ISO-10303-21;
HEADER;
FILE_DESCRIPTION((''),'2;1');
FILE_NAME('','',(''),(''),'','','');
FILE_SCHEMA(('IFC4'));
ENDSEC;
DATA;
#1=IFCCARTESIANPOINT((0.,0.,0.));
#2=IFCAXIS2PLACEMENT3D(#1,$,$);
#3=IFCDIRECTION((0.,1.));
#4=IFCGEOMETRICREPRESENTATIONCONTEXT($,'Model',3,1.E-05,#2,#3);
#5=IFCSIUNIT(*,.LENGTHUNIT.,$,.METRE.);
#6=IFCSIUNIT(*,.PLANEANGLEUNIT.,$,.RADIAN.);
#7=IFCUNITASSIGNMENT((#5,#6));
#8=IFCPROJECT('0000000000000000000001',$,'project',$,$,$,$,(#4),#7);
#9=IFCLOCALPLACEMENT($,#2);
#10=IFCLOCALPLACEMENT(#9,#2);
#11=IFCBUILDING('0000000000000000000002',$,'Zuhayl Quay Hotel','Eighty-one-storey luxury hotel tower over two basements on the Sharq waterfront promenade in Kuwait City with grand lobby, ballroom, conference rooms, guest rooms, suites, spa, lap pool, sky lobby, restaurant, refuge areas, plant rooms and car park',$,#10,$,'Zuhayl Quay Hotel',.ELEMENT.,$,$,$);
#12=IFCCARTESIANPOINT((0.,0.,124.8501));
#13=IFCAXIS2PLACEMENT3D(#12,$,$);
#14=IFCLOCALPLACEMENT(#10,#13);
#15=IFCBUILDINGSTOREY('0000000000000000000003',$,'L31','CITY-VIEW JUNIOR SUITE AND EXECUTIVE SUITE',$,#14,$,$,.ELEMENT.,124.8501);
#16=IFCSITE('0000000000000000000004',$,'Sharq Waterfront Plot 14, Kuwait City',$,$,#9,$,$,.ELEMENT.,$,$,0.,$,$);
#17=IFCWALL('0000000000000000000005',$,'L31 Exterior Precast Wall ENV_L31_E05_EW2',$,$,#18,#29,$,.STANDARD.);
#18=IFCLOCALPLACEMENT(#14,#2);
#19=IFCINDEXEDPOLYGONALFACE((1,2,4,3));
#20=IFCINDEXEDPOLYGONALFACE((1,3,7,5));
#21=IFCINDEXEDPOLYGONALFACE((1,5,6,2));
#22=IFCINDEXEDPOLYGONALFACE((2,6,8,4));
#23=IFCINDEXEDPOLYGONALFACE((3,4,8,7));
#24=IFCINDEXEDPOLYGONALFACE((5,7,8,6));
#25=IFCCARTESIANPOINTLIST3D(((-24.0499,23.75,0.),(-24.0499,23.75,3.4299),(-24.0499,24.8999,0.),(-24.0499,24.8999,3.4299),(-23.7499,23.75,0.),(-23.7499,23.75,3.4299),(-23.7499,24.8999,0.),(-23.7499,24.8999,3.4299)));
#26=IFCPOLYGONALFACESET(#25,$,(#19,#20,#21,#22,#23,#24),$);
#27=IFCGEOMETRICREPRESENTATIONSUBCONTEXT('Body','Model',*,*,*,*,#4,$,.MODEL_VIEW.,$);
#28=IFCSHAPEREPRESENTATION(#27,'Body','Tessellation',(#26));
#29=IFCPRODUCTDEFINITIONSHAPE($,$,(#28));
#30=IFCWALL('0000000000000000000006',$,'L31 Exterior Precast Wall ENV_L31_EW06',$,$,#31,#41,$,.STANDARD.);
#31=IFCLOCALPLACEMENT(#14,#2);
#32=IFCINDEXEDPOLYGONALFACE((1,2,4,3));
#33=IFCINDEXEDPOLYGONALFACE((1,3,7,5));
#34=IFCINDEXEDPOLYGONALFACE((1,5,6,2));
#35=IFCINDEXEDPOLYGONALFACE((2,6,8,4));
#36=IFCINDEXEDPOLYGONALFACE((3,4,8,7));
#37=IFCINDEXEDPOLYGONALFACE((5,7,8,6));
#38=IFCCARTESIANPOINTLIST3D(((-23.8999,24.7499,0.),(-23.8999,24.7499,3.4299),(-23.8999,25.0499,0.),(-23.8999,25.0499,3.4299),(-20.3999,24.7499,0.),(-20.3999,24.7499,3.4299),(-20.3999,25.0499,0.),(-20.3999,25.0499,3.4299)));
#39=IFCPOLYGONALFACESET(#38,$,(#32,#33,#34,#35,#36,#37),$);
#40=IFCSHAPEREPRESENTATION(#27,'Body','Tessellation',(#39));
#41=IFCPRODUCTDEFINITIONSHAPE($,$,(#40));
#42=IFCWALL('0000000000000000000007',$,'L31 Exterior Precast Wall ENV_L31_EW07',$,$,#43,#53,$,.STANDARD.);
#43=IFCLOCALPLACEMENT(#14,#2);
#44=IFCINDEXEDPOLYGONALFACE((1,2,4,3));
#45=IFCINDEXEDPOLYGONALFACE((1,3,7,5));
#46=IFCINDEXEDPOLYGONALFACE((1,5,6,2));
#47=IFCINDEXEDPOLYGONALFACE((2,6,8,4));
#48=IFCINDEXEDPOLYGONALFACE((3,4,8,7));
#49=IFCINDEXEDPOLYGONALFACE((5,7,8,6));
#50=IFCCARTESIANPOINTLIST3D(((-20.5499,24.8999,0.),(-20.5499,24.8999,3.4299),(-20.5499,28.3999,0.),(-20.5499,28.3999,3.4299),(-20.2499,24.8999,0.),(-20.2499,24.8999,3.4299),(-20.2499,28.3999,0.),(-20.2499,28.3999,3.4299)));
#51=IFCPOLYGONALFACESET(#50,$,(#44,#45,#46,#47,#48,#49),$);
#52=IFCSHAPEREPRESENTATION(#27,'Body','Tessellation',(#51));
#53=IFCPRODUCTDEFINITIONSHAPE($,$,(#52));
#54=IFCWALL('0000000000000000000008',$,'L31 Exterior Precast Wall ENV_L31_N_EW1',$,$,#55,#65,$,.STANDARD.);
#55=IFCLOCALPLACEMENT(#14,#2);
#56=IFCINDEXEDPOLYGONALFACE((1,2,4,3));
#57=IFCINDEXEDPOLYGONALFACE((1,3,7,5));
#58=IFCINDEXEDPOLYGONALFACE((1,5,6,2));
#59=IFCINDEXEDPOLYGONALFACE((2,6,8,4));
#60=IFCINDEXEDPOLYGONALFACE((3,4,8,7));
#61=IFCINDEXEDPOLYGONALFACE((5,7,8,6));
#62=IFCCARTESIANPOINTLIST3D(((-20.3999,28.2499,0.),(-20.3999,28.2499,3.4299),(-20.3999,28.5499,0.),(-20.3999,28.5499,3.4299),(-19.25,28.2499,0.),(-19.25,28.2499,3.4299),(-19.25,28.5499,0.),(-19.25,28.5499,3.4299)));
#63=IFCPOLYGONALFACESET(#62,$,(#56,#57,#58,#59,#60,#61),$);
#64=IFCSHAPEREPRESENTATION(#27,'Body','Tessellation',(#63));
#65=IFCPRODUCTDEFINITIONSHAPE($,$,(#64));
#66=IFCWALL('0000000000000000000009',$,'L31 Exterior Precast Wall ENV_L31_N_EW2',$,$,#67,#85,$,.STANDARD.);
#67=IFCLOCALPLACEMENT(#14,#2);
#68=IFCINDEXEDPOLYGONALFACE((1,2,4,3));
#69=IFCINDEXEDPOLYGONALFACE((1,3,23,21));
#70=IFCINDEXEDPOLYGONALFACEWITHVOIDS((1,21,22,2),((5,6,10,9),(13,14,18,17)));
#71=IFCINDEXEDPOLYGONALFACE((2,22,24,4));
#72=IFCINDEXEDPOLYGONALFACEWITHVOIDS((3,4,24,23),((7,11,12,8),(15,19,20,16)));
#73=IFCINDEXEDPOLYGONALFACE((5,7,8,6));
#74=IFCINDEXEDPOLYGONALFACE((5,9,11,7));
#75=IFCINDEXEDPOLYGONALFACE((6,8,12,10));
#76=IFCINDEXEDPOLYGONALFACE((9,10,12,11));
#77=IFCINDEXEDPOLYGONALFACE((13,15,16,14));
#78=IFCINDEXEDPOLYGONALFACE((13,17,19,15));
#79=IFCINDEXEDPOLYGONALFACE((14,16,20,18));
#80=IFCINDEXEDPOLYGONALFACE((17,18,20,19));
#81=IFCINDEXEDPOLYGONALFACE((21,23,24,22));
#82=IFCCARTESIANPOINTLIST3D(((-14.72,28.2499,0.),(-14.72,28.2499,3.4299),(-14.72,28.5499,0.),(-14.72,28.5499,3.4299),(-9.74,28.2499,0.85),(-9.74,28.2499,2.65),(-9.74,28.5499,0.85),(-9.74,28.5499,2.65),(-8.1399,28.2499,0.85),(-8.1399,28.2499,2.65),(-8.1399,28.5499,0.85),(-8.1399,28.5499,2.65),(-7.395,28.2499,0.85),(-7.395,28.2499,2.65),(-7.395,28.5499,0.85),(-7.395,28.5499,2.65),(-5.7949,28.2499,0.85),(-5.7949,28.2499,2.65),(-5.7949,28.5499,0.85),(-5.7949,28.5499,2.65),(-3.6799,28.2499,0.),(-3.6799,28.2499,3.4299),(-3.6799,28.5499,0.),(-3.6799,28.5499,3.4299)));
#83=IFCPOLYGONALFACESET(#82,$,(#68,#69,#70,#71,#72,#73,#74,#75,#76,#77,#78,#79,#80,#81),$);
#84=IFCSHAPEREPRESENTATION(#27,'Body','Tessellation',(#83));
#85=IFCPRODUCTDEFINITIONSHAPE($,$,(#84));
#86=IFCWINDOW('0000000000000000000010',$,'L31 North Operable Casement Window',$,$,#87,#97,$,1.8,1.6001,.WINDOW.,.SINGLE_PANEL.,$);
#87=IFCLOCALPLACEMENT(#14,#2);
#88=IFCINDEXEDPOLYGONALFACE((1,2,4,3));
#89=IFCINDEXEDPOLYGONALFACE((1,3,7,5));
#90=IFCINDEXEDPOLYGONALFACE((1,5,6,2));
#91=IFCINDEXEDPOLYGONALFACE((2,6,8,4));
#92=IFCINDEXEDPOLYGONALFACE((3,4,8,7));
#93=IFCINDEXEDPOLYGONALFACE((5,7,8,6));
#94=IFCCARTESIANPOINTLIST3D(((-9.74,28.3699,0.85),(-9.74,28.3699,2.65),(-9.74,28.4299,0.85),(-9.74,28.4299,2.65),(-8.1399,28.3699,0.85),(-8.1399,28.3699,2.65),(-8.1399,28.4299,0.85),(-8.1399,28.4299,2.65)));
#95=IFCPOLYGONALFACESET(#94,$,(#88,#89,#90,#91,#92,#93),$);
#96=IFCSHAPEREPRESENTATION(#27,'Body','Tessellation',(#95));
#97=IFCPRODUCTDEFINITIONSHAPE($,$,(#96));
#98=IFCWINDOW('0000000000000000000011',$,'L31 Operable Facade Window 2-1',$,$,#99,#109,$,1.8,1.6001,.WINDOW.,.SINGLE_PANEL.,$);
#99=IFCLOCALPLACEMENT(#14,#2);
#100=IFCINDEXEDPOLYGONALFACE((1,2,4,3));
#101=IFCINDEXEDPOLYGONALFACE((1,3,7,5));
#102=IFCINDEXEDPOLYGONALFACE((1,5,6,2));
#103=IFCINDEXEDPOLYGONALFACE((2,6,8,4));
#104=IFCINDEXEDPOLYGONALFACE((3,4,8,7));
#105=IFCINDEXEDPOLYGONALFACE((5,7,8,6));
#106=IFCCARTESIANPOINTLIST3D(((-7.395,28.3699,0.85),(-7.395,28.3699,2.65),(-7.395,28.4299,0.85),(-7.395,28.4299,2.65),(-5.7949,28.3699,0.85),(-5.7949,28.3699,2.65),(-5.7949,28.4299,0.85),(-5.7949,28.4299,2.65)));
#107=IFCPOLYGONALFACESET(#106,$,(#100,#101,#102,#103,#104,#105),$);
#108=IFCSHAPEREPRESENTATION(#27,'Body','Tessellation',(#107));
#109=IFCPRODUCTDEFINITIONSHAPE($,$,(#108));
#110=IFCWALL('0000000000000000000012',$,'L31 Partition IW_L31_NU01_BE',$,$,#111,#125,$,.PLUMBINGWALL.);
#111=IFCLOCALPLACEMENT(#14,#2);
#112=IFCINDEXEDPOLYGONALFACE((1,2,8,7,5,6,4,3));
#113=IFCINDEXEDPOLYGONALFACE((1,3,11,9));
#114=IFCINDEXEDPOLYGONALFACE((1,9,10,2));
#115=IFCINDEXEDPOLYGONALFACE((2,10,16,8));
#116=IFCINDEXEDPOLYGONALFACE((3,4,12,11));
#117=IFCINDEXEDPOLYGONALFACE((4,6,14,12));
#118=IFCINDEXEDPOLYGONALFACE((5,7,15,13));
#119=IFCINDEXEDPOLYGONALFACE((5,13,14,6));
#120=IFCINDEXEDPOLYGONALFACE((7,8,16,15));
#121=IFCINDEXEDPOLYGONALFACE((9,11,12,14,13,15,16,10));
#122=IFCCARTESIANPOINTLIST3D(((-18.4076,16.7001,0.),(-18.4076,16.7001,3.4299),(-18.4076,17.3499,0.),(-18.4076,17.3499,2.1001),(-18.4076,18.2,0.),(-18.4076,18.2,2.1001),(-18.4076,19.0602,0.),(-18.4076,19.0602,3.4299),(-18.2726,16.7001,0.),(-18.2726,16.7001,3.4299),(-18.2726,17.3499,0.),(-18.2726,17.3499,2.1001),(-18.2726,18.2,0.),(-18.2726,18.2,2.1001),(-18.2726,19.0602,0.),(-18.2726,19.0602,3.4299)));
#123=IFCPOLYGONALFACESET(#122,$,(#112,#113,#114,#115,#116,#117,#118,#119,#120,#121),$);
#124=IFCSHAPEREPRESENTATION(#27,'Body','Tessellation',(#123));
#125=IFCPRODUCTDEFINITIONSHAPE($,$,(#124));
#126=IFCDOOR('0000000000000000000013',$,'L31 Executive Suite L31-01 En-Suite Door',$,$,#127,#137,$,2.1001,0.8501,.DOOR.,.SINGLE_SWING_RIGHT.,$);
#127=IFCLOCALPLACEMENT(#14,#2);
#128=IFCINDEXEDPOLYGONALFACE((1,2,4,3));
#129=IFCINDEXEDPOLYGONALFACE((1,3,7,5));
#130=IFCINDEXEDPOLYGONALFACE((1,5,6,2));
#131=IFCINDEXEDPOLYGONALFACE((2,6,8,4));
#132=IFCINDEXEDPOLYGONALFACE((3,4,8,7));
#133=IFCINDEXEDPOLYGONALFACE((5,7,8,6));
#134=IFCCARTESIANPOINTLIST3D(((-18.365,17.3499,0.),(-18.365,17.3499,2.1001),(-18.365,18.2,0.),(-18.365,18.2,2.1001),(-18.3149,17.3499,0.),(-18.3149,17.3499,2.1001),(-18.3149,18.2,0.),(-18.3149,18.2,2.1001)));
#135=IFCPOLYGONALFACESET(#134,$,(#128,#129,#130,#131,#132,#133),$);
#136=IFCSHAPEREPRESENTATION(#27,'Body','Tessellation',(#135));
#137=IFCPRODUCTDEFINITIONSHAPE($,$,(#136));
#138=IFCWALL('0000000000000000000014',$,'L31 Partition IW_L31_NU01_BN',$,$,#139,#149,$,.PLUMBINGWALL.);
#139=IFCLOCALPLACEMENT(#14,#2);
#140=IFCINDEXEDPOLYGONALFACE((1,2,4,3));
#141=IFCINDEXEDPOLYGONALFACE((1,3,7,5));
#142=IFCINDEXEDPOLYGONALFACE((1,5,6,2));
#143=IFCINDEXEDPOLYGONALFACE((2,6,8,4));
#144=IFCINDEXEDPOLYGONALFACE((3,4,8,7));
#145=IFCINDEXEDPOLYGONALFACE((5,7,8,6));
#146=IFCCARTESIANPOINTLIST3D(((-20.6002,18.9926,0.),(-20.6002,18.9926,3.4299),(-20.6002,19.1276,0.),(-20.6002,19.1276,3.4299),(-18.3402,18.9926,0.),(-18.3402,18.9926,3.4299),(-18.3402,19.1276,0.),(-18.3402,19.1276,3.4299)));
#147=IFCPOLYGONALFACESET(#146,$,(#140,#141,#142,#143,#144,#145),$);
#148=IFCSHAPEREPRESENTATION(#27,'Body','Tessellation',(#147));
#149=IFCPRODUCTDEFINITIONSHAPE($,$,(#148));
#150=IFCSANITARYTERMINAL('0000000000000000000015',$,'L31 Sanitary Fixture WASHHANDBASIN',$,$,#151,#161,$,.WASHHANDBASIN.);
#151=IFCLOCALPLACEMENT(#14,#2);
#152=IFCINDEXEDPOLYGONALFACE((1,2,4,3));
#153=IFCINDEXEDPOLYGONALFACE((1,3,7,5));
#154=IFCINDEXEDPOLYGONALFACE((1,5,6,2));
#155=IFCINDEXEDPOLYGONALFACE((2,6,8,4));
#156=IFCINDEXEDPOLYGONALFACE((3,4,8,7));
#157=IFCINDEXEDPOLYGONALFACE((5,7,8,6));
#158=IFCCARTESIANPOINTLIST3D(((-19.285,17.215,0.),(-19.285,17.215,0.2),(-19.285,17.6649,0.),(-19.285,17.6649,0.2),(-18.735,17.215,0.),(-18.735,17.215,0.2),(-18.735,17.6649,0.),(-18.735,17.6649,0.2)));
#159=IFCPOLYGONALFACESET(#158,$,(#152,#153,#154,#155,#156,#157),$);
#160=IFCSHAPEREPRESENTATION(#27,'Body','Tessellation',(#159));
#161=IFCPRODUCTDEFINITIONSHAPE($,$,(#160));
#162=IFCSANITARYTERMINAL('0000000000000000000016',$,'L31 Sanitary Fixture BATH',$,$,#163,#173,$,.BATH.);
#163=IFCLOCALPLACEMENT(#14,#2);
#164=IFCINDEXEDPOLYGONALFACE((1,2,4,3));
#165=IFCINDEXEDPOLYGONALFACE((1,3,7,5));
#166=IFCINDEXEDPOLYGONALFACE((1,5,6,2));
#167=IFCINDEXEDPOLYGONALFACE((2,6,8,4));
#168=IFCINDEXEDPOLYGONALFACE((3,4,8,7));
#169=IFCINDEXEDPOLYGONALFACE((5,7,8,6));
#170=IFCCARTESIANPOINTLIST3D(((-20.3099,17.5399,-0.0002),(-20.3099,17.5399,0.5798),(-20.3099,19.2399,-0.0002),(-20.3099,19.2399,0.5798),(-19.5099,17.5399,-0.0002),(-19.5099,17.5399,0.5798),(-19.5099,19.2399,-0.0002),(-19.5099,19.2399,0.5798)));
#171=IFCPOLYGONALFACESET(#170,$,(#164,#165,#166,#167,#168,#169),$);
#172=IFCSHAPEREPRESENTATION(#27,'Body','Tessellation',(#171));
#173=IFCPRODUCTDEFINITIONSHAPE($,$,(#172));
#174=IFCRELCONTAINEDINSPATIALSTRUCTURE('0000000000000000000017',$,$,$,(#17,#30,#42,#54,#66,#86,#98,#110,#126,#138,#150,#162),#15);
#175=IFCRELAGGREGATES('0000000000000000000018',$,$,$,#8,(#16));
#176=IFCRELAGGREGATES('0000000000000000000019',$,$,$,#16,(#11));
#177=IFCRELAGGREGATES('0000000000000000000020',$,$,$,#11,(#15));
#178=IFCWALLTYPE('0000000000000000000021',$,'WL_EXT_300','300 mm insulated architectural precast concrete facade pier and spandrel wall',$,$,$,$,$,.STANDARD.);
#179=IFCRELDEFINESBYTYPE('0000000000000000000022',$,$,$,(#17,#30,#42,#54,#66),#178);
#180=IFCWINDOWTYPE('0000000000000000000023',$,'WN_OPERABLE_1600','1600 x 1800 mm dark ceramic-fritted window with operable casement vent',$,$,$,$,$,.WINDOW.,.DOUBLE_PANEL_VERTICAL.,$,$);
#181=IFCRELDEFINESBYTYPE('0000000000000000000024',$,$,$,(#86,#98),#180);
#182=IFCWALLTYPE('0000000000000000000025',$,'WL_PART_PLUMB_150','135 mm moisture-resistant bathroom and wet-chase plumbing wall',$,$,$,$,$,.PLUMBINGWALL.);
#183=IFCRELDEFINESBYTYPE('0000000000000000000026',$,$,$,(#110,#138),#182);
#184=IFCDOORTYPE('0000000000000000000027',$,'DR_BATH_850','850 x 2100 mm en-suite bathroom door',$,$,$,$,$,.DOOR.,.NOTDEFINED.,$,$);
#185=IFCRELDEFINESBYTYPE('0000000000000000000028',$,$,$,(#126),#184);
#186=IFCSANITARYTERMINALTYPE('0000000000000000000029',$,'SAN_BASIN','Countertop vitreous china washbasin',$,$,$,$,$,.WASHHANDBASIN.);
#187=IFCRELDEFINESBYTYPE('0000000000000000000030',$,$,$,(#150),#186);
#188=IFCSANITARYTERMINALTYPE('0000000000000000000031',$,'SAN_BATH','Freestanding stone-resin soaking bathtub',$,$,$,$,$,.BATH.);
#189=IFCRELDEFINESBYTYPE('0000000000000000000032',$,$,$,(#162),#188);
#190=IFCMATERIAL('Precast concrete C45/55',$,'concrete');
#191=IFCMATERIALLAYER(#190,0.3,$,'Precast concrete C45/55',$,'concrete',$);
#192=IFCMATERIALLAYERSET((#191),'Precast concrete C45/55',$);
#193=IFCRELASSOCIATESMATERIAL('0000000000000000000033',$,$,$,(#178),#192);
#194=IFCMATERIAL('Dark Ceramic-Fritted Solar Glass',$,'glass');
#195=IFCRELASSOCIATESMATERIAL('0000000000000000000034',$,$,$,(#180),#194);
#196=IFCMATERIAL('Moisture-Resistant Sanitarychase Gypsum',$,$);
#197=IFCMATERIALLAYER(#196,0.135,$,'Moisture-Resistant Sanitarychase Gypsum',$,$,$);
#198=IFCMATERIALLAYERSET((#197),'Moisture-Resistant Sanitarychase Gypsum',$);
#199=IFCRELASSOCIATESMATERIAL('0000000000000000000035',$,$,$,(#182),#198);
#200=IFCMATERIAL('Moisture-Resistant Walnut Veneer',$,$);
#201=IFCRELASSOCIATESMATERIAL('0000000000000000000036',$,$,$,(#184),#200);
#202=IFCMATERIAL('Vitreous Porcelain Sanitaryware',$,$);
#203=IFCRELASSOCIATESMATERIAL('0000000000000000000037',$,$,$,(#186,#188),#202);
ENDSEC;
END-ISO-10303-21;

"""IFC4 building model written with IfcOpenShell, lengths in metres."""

from ifc_helpers import new_model, si_unit, direction, frame, frame_2d, origin, origin_2d, place, context, subcontext, project, spatial, rectangle, extrude, material, layer, layer_set, type_object, element, fill, save


model = new_model("IFC4")

# Units and contexts
model_context = context("Model", 3, precision=1e-05, world=origin(), true_north=direction((0.0, 1.0)))
body_context = subcontext(model_context, "Body", "Model", "MODEL_VIEW")
ifc_project = project(units=[si_unit("LENGTHUNIT", "METRE"), si_unit("PLANEANGLEUNIT", "RADIAN")], contexts=[model_context])

# Site, building, storey
site_placement = place(None, origin())
site = spatial("IfcSite", under=ifc_project, at=site_placement, Name="Sharq Waterfront Plot 14, Kuwait City", CompositionType="ELEMENT", RefElevation=0.0)
building_placement = place(site_placement, origin())
building = spatial("IfcBuilding", under=site, at=building_placement, Name="Zuhayl Quay Hotel", Description="Eighty-one-storey luxury hotel tower over two basements on the Sharq waterfront promenade in Kuwait City with grand lobby, ballroom, conference rooms, guest rooms, suites, spa, lap pool, sky lobby, restaurant, refuge areas, plant rooms and car park", LongName="Zuhayl Quay Hotel", CompositionType="ELEMENT")
storey_placement = place(building_placement, frame((0.0, 0.0, 124.8501)))
storey = spatial("IfcBuildingStorey", under=building, at=storey_placement, Name="L31", Description="CITY-VIEW JUNIOR SUITE AND EXECUTIVE SUITE", CompositionType="ELEMENT", Elevation=124.8501)

# Shared definitions
ifc_material_1 = material(Name="Dark Ceramic-Fritted Solar Glass", Category="glass")

# Walls
ifc_material_2 = material(Name="Precast concrete C45/55", Category="concrete")
ifc_layer_1 = layer(ifc_material_2, 0.3, Name="Precast concrete C45/55", Category="concrete")
ifc_layer_set_1 = layer_set([ifc_layer_1], Name="Precast concrete C45/55")
wall_type_1 = type_object("IfcWallType", Name="WL_EXT_300", Description="300 mm insulated architectural precast concrete facade pier and spandrel wall", PredefinedType="STANDARD", material=ifc_layer_set_1)
wall_1_placement = place(storey_placement, frame((-23.8999, 23.75, 0.0), z_axis=(0.0, 0.0, 1.0), x_axis=(0.0, 1.0, 0.0)))
element("IfcWall", 1, at=wall_1_placement, inside=storey, type_object=wall_type_1, Name="L31 Exterior Precast Wall ENV_L31_E05_EW2", PredefinedType="STANDARD", context=body_context, shape_type="SweptSolid", body=[
    extrude(rectangle(XDim=1.1499, YDim=0.3, at=frame_2d((0.575, 0.0))), origin(), (0.0, 0.0, 1.0), 3.4299),
])
for number, where, z_axis, x_axis, name in (
    (2, (-23.8999, 24.8999, 0.0), (0.0, 0.0, 1.0), (1.0, 0.0, 0.0), "L31 Exterior Precast Wall ENV_L31_EW06"),
    (3, (-20.3999, 24.8999, 0.0), (0.0, 0.0, 1.0), (0.0, 1.0, 0.0), "L31 Exterior Precast Wall ENV_L31_EW07"),
):
    element("IfcWall", number, at=place(storey_placement, frame(where, z_axis=z_axis, x_axis=x_axis)), inside=storey, type_object=wall_type_1, Name=name, PredefinedType="STANDARD", context=body_context, shape_type="SweptSolid", body=[
        extrude(rectangle(XDim=3.5, YDim=0.3, at=frame_2d((1.75, 0.0))), origin(), (0.0, 0.0, 1.0), 3.4299),
    ])
wall_2_placement = place(storey_placement, frame((-20.3999, 28.3999, 0.0), z_axis=(0.0, 0.0, 1.0), x_axis=(1.0, 0.0, 0.0)))
element("IfcWall", 4, at=wall_2_placement, inside=storey, type_object=wall_type_1, Name="L31 Exterior Precast Wall ENV_L31_N_EW1", PredefinedType="STANDARD", context=body_context, shape_type="SweptSolid", body=[
    extrude(rectangle(XDim=1.1499, YDim=0.3, at=frame_2d((0.575, 0.0))), origin(), (0.0, 0.0, 1.0), 3.4299),
])

# Wall, openings, windows
wall_3_placement = place(storey_placement, frame((-14.72, 28.3999, 0.0), z_axis=(0.0, 0.0, 1.0), x_axis=(1.0, 0.0, 0.0)))
wall_3 = element("IfcWall", 5, at=wall_3_placement, inside=storey, type_object=wall_type_1, Name="L31 Exterior Precast Wall ENV_L31_N_EW2", PredefinedType="STANDARD", context=body_context, shape_type="SweptSolid", body=[
    extrude(rectangle(XDim=11.04, YDim=0.3, at=frame_2d((5.52, 0.0))), origin(), (0.0, 0.0, 1.0), 3.4299),
])
opening_1_placement = place(wall_3_placement, frame((4.98, 0.0, 0.8501)))
opening_1 = element("IfcOpeningElement", 6, at=opening_1_placement, cuts=wall_3, PredefinedType="OPENING", context=body_context, shape_type="SweptSolid", body=[
    extrude(rectangle(XDim=1.6001, YDim=1.8, at=frame_2d((0.8, 0.8999))), frame((0.0, 0.1599, 0.0), z_axis=(0.0, -1.0, 0.0), x_axis=(1.0, 0.0, 0.0)), (0.0, 0.0, 1.0), 0.3201),
])
opening_2_placement = place(wall_3_placement, frame((7.325, 0.0, 0.8501)))
opening_2 = element("IfcOpeningElement", 7, at=opening_2_placement, cuts=wall_3, PredefinedType="OPENING", context=body_context, shape_type="SweptSolid", body=[
    extrude(rectangle(XDim=1.6001, YDim=1.8, at=frame_2d((0.8, 0.8999))), frame((0.0, 0.1599, 0.0), z_axis=(0.0, -1.0, 0.0), x_axis=(1.0, 0.0, 0.0)), (0.0, 0.0, 1.0), 0.3201),
])
window_type = type_object("IfcWindowType", Name="WN_OPERABLE_1600", Description="1600 x 1800 mm dark ceramic-fritted window with operable casement vent", PartitioningType="DOUBLE_PANEL_VERTICAL", PredefinedType="WINDOW", material=ifc_material_1)
window_1_placement = place(opening_1_placement, origin())
window_1 = element("IfcWindow", 8, at=window_1_placement, inside=storey, type_object=window_type, Name="L31 North Operable Casement Window", OverallHeight=1.8, OverallWidth=1.6001, PartitioningType="SINGLE_PANEL", PredefinedType="WINDOW", context=body_context, shape_type="SweptSolid", body=[
    extrude(rectangle(XDim=1.6001, YDim=1.8, at=frame_2d((0.8, 0.8999))), frame((0.0, 0.03, 0.0), z_axis=(0.0, -1.0, 0.0), x_axis=(1.0, 0.0, 0.0)), (0.0, 0.0, 1.0), 0.0601),
])
fill(opening_1, window_1)
window_2_placement = place(opening_2_placement, origin())
window_2 = element("IfcWindow", 9, at=window_2_placement, inside=storey, type_object=window_type, Name="L31 Operable Facade Window 2-1", OverallHeight=1.8, OverallWidth=1.6001, PartitioningType="SINGLE_PANEL", PredefinedType="WINDOW", context=body_context, shape_type="SweptSolid", body=[
    extrude(rectangle(XDim=1.6001, YDim=1.8, at=frame_2d((0.8, 0.8999))), frame((0.0, 0.03, 0.0), z_axis=(0.0, -1.0, 0.0), x_axis=(1.0, 0.0, 0.0)), (0.0, 0.0, 1.0), 0.0601),
])
fill(opening_2, window_2)

# Wall, opening, door
ifc_material_3 = material(Name="Moisture-Resistant Sanitarychase Gypsum")
ifc_layer_2 = layer(ifc_material_3, 0.135, Name="Moisture-Resistant Sanitarychase Gypsum")
ifc_layer_set_2 = layer_set([ifc_layer_2], Name="Moisture-Resistant Sanitarychase Gypsum")
wall_type_2 = type_object("IfcWallType", Name="WL_PART_PLUMB_150", Description="135 mm moisture-resistant bathroom and wet-chase plumbing wall", PredefinedType="PLUMBINGWALL", material=ifc_layer_set_2)
wall_4_placement = place(storey_placement, frame((-18.3401, 16.7, 0.0), z_axis=(0.0, 0.0, 1.0), x_axis=(0.0, 1.0, 0.0)))
wall_4 = element("IfcWall", 10, at=wall_4_placement, inside=storey, type_object=wall_type_2, Name="L31 Partition IW_L31_NU01_BE", PredefinedType="PLUMBINGWALL", context=body_context, shape_type="SweptSolid", body=[
    extrude(rectangle(XDim=2.3601, YDim=0.135, at=frame_2d((1.1802, 0.0))), origin(), (0.0, 0.0, 1.0), 3.4299),
])
opening_3_placement = place(wall_4_placement, frame((0.6499, 0.0, 0.0)))
opening_3 = element("IfcOpeningElement", 11, at=opening_3_placement, cuts=wall_4, PredefinedType="OPENING", context=body_context, shape_type="SweptSolid", body=[
    extrude(rectangle(XDim=0.8501, YDim=2.1001, at=frame_2d((0.425, 1.05))), frame((0.0, 0.0774, 0.0), z_axis=(0.0, -1.0, 0.0), x_axis=(1.0, 0.0, 0.0)), (0.0, 0.0, 1.0), 0.155),
])
ifc_material_4 = material(Name="Moisture-Resistant Walnut Veneer")
door_type = type_object("IfcDoorType", Name="DR_BATH_850", Description="850 x 2100 mm en-suite bathroom door", OperationType="NOTDEFINED", PredefinedType="DOOR", material=ifc_material_4)
door_placement = place(opening_3_placement, origin())
door = element("IfcDoor", 12, at=door_placement, inside=storey, type_object=door_type, Name="L31 Executive Suite L31-01 En-Suite Door", OperationType="SINGLE_SWING_RIGHT", OverallHeight=2.1001, OverallWidth=0.8501, PredefinedType="DOOR", context=body_context, shape_type="SweptSolid", body=[
    extrude(rectangle(XDim=0.8501, YDim=2.1001, at=frame_2d((0.425, 1.05))), frame((0.0, 0.0249, 0.0), z_axis=(0.0, -1.0, 0.0), x_axis=(1.0, 0.0, 0.0)), (0.0, 0.0, 1.0), 0.05),
])
fill(opening_3, door)

# Wall
wall_5_placement = place(storey_placement, frame((-20.6001, 19.0601, 0.0), z_axis=(0.0, 0.0, 1.0), x_axis=(1.0, 0.0, 0.0)))
element("IfcWall", 13, at=wall_5_placement, inside=storey, type_object=wall_type_2, Name="L31 Partition IW_L31_NU01_BN", PredefinedType="PLUMBINGWALL", context=body_context, shape_type="SweptSolid", body=[
    extrude(rectangle(XDim=2.26, YDim=0.135, at=frame_2d((1.1299, 0.0))), origin(), (0.0, 0.0, 1.0), 3.4299),
])

# Sanitary terminals
ifc_material_5 = material(Name="Vitreous Porcelain Sanitaryware")
sanitary_terminal_type_1 = type_object("IfcSanitaryTerminalType", Name="SAN_BASIN", Description="Countertop vitreous china washbasin", PredefinedType="WASHHANDBASIN", material=ifc_material_5)
sanitary_terminal_1_placement = place(storey_placement, frame((-19.01, 17.4399, 0.0), z_axis=(0.0, 0.0, 1.0), x_axis=(1.0, 0.0, 0.0)))
element("IfcSanitaryTerminal", 14, at=sanitary_terminal_1_placement, inside=storey, type_object=sanitary_terminal_type_1, Name="L31 Sanitary Fixture WASHHANDBASIN", PredefinedType="WASHHANDBASIN", context=body_context, shape_type="SweptSolid", body=[
    extrude(rectangle(XDim=0.55, YDim=0.45, at=origin_2d()), origin(), (0.0, 0.0, 1.0), 0.2),
])
sanitary_terminal_type_2 = type_object("IfcSanitaryTerminalType", Name="SAN_BATH", Description="Freestanding stone-resin soaking bathtub", PredefinedType="BATH", material=ifc_material_5)
sanitary_terminal_2_placement = place(storey_placement, frame((-19.9099, 18.3899, -0.0002), z_axis=(0.0, 0.0, 1.0), x_axis=(1.0, 0.0, 0.0)))
element("IfcSanitaryTerminal", 15, at=sanitary_terminal_2_placement, inside=storey, type_object=sanitary_terminal_type_2, Name="L31 Sanitary Fixture BATH", PredefinedType="BATH", context=body_context, shape_type="SweptSolid", body=[
    extrude(rectangle(XDim=0.8, YDim=1.7, at=origin_2d()), origin(), (0.0, 0.0, 1.0), 0.5801),
])

save(model, "model.ifc")
